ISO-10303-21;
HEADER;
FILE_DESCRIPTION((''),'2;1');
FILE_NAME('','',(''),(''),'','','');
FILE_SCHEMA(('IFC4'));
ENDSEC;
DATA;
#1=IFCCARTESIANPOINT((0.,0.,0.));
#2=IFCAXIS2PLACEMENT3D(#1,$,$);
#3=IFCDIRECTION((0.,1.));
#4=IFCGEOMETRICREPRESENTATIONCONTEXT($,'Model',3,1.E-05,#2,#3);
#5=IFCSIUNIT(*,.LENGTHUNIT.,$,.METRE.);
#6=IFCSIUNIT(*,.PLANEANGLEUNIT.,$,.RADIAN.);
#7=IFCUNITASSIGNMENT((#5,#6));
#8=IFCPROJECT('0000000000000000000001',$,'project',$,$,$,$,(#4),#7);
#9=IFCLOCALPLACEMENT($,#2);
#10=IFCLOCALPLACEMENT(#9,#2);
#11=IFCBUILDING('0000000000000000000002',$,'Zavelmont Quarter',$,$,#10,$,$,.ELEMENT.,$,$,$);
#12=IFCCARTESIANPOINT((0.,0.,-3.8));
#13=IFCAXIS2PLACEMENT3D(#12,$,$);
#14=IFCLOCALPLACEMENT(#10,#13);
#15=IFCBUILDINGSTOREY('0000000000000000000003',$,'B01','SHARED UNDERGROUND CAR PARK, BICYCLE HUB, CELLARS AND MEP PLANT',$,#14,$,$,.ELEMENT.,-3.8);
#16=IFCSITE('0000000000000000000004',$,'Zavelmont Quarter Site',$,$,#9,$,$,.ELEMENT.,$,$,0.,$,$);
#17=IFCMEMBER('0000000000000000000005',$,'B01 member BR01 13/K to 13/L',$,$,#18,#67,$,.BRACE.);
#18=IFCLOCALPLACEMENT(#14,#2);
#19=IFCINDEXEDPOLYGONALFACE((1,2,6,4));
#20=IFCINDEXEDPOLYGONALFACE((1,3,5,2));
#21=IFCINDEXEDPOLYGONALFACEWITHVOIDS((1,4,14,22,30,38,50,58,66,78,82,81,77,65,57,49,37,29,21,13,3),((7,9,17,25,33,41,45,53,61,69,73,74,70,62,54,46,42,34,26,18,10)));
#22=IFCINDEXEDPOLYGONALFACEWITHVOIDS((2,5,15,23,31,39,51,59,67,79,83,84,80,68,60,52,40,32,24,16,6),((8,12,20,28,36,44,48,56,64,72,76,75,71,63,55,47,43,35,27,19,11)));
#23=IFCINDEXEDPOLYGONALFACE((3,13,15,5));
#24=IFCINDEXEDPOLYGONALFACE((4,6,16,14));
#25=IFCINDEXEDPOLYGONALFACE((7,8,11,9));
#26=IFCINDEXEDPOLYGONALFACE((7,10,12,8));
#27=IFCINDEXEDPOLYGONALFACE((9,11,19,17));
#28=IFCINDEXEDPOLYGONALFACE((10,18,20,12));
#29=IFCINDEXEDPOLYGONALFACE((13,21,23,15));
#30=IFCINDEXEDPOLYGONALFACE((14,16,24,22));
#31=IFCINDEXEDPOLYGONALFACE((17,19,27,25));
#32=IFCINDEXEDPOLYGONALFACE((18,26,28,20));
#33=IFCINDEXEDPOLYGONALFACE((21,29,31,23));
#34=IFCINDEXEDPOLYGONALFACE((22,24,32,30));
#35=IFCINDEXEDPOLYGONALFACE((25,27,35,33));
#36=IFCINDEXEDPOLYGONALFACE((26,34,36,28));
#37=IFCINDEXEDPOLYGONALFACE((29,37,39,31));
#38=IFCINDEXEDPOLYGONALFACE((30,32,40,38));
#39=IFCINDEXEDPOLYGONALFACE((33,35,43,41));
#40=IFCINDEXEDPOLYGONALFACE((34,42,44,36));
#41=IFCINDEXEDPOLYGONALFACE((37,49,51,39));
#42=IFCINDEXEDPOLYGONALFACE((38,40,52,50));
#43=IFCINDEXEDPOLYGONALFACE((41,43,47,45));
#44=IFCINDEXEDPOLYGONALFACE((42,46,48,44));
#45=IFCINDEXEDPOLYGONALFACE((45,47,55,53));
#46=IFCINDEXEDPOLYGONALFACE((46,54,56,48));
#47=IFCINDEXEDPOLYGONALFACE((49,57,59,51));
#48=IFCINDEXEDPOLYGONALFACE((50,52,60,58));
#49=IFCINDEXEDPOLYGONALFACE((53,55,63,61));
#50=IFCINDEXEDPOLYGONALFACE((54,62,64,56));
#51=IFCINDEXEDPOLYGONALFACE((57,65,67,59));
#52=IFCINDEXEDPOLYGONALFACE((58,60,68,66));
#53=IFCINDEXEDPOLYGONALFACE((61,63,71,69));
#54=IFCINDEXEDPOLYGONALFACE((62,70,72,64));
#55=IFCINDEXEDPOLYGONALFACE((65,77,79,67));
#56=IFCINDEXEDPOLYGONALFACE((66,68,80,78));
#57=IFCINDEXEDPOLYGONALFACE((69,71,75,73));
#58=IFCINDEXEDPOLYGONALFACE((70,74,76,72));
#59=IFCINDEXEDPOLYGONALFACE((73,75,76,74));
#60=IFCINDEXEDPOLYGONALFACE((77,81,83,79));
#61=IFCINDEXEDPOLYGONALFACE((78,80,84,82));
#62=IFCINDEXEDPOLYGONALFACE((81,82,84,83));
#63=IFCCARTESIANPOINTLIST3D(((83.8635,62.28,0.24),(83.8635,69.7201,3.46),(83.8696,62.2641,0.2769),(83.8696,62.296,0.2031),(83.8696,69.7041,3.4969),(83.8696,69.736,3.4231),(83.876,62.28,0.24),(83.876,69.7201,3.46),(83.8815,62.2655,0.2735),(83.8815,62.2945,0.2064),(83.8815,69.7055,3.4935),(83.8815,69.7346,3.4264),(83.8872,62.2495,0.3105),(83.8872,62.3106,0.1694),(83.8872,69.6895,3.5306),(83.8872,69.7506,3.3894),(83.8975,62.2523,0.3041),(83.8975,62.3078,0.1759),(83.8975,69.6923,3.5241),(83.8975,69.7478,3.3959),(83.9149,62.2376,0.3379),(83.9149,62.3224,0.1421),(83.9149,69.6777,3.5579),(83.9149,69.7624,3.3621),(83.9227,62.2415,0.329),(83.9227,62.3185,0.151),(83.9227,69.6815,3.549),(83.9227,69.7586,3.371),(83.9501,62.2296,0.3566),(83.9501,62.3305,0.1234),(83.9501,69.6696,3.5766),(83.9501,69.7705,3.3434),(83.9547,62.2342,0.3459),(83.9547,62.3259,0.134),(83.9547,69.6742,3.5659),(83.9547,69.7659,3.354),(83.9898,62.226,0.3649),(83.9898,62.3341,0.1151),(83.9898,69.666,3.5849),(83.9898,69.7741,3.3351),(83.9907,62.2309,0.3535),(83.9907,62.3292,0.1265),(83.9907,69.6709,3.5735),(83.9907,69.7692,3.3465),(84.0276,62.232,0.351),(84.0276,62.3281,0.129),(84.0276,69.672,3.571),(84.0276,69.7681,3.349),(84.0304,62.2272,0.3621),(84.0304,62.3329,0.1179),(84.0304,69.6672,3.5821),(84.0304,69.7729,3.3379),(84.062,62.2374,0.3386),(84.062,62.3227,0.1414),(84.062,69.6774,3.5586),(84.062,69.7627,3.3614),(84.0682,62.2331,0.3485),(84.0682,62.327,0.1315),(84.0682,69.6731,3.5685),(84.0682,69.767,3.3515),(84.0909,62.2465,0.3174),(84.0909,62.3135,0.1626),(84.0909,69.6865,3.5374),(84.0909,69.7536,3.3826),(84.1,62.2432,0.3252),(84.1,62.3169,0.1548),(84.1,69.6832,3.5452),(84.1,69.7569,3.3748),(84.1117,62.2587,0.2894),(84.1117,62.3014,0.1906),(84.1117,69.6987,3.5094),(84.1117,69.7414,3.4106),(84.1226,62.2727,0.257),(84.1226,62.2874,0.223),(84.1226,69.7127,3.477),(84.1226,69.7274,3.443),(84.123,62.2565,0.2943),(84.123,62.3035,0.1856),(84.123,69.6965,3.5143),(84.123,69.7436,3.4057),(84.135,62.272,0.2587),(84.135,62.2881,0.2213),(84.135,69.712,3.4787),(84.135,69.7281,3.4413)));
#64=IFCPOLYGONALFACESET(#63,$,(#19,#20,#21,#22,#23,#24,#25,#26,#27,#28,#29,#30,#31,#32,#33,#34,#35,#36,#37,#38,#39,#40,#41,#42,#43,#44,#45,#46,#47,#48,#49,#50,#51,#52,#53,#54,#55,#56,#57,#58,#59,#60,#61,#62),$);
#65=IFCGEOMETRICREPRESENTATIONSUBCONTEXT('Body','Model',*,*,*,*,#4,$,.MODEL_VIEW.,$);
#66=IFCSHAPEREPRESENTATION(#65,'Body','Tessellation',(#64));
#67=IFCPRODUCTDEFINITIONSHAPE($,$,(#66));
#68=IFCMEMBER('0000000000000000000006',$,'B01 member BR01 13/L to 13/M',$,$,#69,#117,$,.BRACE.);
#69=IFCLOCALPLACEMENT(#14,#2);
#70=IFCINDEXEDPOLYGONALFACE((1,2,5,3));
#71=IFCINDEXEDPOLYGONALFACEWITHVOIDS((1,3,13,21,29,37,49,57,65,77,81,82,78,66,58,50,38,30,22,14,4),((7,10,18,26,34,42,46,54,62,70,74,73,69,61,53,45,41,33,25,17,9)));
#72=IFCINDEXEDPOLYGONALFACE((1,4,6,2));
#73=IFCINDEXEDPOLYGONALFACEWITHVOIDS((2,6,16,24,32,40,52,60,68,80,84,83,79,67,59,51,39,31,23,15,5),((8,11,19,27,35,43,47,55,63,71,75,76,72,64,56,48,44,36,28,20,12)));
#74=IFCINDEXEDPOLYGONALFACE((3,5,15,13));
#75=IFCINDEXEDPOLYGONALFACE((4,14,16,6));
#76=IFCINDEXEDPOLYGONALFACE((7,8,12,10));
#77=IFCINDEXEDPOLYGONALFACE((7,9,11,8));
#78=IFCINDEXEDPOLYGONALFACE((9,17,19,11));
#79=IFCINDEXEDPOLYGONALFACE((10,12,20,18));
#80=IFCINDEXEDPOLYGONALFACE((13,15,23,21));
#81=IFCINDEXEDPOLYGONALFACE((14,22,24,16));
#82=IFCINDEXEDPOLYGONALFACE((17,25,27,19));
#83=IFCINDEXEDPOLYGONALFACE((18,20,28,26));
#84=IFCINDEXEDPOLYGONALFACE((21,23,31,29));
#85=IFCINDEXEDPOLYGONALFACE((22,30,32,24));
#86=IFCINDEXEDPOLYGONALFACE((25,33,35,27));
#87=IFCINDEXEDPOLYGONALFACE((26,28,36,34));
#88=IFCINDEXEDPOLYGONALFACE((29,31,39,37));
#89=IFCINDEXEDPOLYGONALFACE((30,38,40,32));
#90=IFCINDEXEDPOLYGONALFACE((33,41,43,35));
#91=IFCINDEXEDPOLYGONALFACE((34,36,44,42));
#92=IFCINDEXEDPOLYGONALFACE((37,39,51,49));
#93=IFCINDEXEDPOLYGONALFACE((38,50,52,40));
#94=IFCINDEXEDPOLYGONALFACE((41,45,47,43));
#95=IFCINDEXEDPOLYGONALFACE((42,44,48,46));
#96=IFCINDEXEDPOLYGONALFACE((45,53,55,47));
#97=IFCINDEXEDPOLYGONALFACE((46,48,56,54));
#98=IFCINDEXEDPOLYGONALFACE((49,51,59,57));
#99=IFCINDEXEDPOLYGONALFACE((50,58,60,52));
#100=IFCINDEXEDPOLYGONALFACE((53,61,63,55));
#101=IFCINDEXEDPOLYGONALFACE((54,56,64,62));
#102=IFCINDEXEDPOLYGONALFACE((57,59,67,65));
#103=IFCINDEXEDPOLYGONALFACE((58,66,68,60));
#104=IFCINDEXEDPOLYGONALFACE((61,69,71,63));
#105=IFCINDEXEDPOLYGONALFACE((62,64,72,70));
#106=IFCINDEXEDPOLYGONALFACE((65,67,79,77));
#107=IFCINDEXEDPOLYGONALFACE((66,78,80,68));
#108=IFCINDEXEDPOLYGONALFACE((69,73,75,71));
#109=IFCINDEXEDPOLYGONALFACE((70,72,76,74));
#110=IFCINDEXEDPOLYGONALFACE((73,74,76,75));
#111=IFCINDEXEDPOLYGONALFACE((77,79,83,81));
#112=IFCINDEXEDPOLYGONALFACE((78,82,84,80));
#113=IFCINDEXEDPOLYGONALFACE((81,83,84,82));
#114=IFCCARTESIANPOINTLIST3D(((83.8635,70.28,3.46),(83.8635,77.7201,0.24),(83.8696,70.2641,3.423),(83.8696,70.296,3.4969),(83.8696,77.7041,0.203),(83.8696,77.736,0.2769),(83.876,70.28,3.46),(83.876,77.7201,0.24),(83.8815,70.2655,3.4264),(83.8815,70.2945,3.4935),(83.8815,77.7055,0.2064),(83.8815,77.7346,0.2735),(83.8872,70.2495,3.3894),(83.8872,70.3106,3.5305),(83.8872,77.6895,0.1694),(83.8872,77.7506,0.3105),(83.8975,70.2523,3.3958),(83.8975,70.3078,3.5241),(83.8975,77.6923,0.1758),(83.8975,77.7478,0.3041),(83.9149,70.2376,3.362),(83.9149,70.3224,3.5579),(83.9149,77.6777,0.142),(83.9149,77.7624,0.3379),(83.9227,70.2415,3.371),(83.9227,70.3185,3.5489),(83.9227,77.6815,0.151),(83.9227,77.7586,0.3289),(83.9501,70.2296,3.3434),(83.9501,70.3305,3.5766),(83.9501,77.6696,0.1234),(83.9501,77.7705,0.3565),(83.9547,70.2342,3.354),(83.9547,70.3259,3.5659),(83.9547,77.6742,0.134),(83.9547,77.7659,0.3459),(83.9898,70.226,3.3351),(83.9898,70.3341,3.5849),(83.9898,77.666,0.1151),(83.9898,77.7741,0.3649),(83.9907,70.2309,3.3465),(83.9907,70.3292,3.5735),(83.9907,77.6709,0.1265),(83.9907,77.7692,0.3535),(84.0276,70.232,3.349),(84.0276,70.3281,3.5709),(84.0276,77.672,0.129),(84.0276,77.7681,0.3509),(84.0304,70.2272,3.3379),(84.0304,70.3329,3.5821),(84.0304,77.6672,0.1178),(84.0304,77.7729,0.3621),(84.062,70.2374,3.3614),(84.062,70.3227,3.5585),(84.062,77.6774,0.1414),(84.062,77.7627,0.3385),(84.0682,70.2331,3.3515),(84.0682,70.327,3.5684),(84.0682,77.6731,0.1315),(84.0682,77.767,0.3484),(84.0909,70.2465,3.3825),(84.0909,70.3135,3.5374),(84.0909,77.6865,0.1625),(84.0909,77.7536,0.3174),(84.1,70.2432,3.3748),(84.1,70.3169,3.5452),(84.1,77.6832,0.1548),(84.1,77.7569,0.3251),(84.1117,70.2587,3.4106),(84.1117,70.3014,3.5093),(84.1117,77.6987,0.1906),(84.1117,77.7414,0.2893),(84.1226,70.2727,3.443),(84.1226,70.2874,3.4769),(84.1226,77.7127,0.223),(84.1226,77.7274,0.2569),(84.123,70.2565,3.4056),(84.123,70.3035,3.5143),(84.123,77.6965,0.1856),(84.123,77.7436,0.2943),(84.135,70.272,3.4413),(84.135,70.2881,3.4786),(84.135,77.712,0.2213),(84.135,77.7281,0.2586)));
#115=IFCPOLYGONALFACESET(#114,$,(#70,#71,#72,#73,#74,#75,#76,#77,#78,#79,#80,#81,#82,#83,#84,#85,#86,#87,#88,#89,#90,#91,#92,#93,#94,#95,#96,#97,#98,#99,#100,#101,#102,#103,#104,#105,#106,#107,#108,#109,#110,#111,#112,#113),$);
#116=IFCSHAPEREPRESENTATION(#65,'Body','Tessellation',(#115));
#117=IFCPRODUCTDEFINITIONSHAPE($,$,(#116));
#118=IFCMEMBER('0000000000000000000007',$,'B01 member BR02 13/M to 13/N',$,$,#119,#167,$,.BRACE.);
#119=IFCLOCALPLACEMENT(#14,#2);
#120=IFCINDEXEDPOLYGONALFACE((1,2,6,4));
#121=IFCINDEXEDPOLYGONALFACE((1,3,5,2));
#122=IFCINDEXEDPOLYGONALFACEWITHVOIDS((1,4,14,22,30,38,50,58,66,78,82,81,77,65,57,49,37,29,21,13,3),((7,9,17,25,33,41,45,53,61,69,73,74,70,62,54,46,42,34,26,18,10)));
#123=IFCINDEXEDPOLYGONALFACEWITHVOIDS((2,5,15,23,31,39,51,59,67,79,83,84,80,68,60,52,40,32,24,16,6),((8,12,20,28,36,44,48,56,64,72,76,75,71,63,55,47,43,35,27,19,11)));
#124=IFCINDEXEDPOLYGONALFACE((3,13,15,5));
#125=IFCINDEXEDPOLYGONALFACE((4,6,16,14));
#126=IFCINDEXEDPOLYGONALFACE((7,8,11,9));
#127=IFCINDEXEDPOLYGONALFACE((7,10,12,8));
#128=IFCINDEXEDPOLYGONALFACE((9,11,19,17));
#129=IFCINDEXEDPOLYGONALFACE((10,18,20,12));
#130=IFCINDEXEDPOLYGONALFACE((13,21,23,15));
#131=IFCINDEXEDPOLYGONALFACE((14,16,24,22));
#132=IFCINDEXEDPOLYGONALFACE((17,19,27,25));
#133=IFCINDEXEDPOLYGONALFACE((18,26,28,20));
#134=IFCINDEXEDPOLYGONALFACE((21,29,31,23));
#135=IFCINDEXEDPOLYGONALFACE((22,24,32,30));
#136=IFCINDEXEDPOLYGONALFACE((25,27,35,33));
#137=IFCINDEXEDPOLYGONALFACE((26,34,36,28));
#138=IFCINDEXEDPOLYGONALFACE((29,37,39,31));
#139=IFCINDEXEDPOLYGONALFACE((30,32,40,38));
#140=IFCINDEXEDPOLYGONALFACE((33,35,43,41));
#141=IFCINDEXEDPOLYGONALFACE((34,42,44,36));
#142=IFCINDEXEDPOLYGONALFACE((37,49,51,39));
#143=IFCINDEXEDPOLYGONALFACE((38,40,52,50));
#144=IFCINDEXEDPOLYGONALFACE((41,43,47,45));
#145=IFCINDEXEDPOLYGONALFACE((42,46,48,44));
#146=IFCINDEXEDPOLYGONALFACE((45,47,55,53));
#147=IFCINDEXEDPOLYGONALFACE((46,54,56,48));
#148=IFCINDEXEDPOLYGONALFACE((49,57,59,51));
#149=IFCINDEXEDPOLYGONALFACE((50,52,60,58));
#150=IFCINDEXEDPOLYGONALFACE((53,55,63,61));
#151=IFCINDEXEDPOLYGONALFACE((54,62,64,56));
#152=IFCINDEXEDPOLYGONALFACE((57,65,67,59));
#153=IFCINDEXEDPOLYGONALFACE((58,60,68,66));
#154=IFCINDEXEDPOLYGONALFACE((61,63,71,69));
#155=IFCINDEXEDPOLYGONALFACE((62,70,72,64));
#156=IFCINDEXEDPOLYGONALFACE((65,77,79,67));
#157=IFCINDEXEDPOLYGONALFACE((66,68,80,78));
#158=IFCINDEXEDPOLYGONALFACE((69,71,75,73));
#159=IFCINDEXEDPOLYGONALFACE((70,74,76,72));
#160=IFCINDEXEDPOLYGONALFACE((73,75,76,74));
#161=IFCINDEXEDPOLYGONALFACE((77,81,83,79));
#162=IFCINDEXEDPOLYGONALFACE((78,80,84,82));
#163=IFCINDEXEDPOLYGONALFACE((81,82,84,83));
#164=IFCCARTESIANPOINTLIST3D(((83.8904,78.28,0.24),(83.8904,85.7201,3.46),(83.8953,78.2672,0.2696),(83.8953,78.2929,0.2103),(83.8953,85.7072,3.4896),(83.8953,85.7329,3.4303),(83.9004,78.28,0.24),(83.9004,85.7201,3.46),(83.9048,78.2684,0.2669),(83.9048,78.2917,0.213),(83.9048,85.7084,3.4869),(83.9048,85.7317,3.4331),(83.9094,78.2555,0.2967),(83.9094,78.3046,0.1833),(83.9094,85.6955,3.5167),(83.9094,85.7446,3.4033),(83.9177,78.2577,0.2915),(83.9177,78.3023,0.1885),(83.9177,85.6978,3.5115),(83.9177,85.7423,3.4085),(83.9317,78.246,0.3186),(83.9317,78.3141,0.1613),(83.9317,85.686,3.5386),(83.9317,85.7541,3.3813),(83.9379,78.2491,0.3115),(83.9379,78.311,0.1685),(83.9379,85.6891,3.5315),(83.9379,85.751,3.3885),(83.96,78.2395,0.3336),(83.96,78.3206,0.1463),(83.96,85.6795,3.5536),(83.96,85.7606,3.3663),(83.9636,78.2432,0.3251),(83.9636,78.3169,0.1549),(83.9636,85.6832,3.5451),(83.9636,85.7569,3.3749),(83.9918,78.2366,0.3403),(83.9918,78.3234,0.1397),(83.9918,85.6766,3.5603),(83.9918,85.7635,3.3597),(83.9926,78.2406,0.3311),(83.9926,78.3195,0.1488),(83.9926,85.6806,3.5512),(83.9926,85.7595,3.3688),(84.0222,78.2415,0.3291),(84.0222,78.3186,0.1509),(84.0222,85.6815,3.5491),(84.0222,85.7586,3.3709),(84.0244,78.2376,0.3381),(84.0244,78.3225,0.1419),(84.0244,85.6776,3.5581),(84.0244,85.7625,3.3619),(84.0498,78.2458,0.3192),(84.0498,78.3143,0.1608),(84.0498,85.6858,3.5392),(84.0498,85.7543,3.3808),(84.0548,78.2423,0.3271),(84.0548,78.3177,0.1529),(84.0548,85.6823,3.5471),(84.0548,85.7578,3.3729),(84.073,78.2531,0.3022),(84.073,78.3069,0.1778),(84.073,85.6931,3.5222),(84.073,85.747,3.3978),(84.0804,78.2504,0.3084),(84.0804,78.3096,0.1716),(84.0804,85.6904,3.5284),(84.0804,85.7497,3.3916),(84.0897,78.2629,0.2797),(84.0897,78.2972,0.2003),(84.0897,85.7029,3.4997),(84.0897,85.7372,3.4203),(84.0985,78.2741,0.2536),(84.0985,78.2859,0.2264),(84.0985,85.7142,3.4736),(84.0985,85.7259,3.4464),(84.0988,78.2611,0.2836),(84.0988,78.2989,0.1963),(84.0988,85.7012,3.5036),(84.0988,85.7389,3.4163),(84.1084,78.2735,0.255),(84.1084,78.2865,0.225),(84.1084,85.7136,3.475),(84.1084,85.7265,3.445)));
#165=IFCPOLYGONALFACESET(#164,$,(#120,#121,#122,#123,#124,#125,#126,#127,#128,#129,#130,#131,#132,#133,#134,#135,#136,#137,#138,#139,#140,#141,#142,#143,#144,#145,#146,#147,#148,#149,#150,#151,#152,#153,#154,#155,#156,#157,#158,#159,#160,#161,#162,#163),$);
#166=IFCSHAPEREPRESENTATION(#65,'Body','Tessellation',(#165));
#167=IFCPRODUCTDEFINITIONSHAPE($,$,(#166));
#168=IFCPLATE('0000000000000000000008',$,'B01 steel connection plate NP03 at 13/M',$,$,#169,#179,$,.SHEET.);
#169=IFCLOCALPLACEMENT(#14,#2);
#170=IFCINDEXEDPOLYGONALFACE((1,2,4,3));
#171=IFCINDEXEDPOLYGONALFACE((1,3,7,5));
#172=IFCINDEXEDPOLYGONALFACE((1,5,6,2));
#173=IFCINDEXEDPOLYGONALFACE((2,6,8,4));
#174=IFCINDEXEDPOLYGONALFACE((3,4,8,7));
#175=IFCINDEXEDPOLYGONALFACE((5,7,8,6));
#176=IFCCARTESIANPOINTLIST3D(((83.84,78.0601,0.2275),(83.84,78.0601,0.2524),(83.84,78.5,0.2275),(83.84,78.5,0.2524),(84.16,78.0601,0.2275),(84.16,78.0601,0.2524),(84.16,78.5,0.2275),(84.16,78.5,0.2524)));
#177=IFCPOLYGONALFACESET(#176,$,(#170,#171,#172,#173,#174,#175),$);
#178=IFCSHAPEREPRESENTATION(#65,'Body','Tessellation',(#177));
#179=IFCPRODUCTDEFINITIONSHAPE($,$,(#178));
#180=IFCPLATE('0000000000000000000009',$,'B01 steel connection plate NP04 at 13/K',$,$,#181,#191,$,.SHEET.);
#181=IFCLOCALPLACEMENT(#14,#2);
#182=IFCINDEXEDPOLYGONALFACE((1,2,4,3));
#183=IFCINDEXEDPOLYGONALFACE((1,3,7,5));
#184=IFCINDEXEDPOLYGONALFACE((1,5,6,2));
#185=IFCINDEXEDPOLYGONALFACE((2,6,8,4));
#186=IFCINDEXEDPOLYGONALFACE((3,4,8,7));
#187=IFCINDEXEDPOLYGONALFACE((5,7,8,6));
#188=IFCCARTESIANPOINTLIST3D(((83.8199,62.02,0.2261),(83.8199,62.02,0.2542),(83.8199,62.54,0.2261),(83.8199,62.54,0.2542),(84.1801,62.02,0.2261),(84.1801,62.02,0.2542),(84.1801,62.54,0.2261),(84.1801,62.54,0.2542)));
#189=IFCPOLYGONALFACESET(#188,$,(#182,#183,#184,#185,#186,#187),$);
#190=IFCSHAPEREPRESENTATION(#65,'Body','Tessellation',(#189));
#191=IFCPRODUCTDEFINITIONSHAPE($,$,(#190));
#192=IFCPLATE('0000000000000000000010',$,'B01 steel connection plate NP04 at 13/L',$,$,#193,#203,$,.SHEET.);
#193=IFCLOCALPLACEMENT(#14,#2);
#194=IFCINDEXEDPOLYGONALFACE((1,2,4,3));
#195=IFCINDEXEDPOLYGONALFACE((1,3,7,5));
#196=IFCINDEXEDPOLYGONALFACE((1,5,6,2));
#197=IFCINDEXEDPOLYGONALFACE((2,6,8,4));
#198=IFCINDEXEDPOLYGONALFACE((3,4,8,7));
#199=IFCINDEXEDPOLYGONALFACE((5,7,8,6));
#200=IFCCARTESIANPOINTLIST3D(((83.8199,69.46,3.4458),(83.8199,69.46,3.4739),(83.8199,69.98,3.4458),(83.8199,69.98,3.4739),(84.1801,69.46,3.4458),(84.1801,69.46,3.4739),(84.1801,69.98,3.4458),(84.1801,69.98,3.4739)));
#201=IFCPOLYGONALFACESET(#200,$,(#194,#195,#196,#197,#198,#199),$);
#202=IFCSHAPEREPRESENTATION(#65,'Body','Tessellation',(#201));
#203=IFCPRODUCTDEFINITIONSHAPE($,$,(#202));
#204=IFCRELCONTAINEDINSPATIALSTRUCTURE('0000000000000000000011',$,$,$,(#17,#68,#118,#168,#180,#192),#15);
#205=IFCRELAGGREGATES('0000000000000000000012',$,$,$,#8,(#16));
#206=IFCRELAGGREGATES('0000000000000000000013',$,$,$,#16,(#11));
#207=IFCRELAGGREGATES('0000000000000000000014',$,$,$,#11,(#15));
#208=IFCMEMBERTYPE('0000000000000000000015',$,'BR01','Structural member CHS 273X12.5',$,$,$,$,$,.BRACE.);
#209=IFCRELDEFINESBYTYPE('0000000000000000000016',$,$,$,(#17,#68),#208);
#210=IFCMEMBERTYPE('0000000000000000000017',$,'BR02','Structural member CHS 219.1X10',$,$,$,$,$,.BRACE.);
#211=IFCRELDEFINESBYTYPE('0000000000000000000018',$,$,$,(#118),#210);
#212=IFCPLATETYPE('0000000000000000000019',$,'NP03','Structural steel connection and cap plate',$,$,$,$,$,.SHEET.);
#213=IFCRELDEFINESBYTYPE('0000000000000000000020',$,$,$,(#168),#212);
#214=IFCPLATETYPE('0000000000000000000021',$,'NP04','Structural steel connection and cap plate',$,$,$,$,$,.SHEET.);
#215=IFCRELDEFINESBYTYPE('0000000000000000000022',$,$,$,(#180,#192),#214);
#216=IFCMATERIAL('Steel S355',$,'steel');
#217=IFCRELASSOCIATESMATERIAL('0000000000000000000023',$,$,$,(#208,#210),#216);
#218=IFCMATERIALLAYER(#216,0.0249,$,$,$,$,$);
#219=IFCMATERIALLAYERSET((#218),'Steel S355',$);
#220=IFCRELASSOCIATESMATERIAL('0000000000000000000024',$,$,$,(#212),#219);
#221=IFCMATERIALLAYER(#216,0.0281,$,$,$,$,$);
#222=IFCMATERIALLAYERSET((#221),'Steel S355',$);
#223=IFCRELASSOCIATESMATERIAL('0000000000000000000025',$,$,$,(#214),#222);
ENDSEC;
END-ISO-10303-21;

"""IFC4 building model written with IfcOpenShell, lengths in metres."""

from ifc_helpers import new_model, si_unit, direction, frame, origin, origin_2d, place, context, subcontext, project, spatial, rectangle, hollow_circle, extrude, material, layer, layer_set, material_profile, profile_set, type_object, element, save


model = new_model("IFC4")

# Units and contexts
model_context = context("Model", 3, precision=1e-05, world=origin(), true_north=direction((0.0, 1.0)))
body_context = subcontext(model_context, "Body", "Model", "MODEL_VIEW")
ifc_project = project(units=[si_unit("LENGTHUNIT", "METRE"), si_unit("PLANEANGLEUNIT", "RADIAN")], contexts=[model_context])

# Site, building, storey
site_placement = place(None, origin())
site = spatial("IfcSite", under=ifc_project, at=site_placement, Name="Zavelmont Quarter Site", CompositionType="ELEMENT", RefElevation=0.0)
building_placement = place(site_placement, origin())
building = spatial("IfcBuilding", under=site, at=building_placement, Name="Zavelmont Quarter", CompositionType="ELEMENT")
storey_placement = place(building_placement, frame((0.0, 0.0, -3.8)))
storey = spatial("IfcBuildingStorey", under=building, at=storey_placement, Name="B01", Description="SHARED UNDERGROUND CAR PARK, BICYCLE HUB, CELLARS AND MEP PLANT", CompositionType="ELEMENT", Elevation=-3.8)

# Members
ifc_material_1 = material(Name="Steel S355", Category="steel")
ifc_material_profile_1 = material_profile(ifc_material_1, hollow_circle(Radius=0.1365, WallThickness=0.0125, at=origin_2d()), Name="CHS 273X12.5")
ifc_profile_set_1 = profile_set([ifc_material_profile_1], Name="Steel S355")
member_type_1 = type_object("IfcMemberType", Name="BR01", Description="Structural member CHS 273X12.5", PredefinedType="BRACE", material=ifc_profile_set_1)
for number, where, z_axis, x_axis, name in (
    (1, (84.0, 62.28, 0.24), (0.0, 0.917736, 0.397192), (-1.0, 0.0, 0.0), "B01 member BR01 13/K to 13/L"),
    (2, (84.0, 70.28, 3.46), (0.0, 0.917736, -0.397192), (-1.0, 0.0, 0.0), "B01 member BR01 13/L to 13/M"),
):
    element("IfcMember", number, at=place(storey_placement, frame(where, z_axis=z_axis, x_axis=x_axis)), inside=storey, type_object=member_type_1, Name=name, PredefinedType="BRACE", context=body_context, shape_type="SweptSolid", body=[
        extrude(hollow_circle(Radius=0.1365, WallThickness=0.0125, at=origin_2d()), origin(), (0.0, 0.0, 1.0), 8.1069),
    ])
ifc_material_profile_2 = material_profile(ifc_material_1, hollow_circle(Radius=0.1096, WallThickness=0.01, at=origin_2d()), Name="CHS 219.1X10")
ifc_profile_set_2 = profile_set([ifc_material_profile_2], Name="Steel S355")
member_type_2 = type_object("IfcMemberType", Name="BR02", Description="Structural member CHS 219.1X10", PredefinedType="BRACE", material=ifc_profile_set_2)
member_placement = place(storey_placement, frame((84.0, 78.28, 0.24), z_axis=(0.0, 0.917736, 0.397192), x_axis=(-1.0, 0.0, 0.0)))
element("IfcMember", 3, at=member_placement, inside=storey, type_object=member_type_2, Name="B01 member BR02 13/M to 13/N", PredefinedType="BRACE", context=body_context, shape_type="SweptSolid", body=[
    extrude(hollow_circle(Radius=0.1096, WallThickness=0.01, at=origin_2d()), origin(), (0.0, 0.0, 1.0), 8.1069),
])

# Plates
ifc_layer_1 = layer(ifc_material_1, 0.0249)
ifc_layer_set_1 = layer_set([ifc_layer_1], Name="Steel S355")
plate_type_1 = type_object("IfcPlateType", Name="NP03", Description="Structural steel connection and cap plate", PredefinedType="SHEET", material=ifc_layer_set_1)
plate_placement = place(storey_placement, frame((84.0, 78.28, 0.2275), z_axis=(0.0, 0.0, 1.0), x_axis=(0.0, 1.0, 0.0)))
element("IfcPlate", 4, at=plate_placement, inside=storey, type_object=plate_type_1, Name="B01 steel connection plate NP03 at 13/M", PredefinedType="SHEET", context=body_context, shape_type="SweptSolid", body=[
    extrude(rectangle(XDim=0.4399, YDim=0.3201, at=origin_2d()), origin(), (0.0, 0.0, 1.0), 0.0249),
])
ifc_layer_2 = layer(ifc_material_1, 0.0281)
ifc_layer_set_2 = layer_set([ifc_layer_2], Name="Steel S355")
plate_type_2 = type_object("IfcPlateType", Name="NP04", Description="Structural steel connection and cap plate", PredefinedType="SHEET", material=ifc_layer_set_2)
for number, where, z_axis, x_axis, name in (
    (5, (84.0, 62.28, 0.2261), (0.0, 0.0, 1.0), (0.0, 1.0, 0.0), "B01 steel connection plate NP04 at 13/K"),
    (6, (84.0, 69.72, 3.4458), (0.0, 0.0, 1.0), (0.0, 1.0, 0.0), "B01 steel connection plate NP04 at 13/L"),
):
    element("IfcPlate", number, at=place(storey_placement, frame(where, z_axis=z_axis, x_axis=x_axis)), inside=storey, type_object=plate_type_2, Name=name, PredefinedType="SHEET", context=body_context, shape_type="SweptSolid", body=[
        extrude(rectangle(XDim=0.52, YDim=0.3601, at=origin_2d()), origin(), (0.0, 0.0, 1.0), 0.0281),
    ])

save(model, "model.ifc")
